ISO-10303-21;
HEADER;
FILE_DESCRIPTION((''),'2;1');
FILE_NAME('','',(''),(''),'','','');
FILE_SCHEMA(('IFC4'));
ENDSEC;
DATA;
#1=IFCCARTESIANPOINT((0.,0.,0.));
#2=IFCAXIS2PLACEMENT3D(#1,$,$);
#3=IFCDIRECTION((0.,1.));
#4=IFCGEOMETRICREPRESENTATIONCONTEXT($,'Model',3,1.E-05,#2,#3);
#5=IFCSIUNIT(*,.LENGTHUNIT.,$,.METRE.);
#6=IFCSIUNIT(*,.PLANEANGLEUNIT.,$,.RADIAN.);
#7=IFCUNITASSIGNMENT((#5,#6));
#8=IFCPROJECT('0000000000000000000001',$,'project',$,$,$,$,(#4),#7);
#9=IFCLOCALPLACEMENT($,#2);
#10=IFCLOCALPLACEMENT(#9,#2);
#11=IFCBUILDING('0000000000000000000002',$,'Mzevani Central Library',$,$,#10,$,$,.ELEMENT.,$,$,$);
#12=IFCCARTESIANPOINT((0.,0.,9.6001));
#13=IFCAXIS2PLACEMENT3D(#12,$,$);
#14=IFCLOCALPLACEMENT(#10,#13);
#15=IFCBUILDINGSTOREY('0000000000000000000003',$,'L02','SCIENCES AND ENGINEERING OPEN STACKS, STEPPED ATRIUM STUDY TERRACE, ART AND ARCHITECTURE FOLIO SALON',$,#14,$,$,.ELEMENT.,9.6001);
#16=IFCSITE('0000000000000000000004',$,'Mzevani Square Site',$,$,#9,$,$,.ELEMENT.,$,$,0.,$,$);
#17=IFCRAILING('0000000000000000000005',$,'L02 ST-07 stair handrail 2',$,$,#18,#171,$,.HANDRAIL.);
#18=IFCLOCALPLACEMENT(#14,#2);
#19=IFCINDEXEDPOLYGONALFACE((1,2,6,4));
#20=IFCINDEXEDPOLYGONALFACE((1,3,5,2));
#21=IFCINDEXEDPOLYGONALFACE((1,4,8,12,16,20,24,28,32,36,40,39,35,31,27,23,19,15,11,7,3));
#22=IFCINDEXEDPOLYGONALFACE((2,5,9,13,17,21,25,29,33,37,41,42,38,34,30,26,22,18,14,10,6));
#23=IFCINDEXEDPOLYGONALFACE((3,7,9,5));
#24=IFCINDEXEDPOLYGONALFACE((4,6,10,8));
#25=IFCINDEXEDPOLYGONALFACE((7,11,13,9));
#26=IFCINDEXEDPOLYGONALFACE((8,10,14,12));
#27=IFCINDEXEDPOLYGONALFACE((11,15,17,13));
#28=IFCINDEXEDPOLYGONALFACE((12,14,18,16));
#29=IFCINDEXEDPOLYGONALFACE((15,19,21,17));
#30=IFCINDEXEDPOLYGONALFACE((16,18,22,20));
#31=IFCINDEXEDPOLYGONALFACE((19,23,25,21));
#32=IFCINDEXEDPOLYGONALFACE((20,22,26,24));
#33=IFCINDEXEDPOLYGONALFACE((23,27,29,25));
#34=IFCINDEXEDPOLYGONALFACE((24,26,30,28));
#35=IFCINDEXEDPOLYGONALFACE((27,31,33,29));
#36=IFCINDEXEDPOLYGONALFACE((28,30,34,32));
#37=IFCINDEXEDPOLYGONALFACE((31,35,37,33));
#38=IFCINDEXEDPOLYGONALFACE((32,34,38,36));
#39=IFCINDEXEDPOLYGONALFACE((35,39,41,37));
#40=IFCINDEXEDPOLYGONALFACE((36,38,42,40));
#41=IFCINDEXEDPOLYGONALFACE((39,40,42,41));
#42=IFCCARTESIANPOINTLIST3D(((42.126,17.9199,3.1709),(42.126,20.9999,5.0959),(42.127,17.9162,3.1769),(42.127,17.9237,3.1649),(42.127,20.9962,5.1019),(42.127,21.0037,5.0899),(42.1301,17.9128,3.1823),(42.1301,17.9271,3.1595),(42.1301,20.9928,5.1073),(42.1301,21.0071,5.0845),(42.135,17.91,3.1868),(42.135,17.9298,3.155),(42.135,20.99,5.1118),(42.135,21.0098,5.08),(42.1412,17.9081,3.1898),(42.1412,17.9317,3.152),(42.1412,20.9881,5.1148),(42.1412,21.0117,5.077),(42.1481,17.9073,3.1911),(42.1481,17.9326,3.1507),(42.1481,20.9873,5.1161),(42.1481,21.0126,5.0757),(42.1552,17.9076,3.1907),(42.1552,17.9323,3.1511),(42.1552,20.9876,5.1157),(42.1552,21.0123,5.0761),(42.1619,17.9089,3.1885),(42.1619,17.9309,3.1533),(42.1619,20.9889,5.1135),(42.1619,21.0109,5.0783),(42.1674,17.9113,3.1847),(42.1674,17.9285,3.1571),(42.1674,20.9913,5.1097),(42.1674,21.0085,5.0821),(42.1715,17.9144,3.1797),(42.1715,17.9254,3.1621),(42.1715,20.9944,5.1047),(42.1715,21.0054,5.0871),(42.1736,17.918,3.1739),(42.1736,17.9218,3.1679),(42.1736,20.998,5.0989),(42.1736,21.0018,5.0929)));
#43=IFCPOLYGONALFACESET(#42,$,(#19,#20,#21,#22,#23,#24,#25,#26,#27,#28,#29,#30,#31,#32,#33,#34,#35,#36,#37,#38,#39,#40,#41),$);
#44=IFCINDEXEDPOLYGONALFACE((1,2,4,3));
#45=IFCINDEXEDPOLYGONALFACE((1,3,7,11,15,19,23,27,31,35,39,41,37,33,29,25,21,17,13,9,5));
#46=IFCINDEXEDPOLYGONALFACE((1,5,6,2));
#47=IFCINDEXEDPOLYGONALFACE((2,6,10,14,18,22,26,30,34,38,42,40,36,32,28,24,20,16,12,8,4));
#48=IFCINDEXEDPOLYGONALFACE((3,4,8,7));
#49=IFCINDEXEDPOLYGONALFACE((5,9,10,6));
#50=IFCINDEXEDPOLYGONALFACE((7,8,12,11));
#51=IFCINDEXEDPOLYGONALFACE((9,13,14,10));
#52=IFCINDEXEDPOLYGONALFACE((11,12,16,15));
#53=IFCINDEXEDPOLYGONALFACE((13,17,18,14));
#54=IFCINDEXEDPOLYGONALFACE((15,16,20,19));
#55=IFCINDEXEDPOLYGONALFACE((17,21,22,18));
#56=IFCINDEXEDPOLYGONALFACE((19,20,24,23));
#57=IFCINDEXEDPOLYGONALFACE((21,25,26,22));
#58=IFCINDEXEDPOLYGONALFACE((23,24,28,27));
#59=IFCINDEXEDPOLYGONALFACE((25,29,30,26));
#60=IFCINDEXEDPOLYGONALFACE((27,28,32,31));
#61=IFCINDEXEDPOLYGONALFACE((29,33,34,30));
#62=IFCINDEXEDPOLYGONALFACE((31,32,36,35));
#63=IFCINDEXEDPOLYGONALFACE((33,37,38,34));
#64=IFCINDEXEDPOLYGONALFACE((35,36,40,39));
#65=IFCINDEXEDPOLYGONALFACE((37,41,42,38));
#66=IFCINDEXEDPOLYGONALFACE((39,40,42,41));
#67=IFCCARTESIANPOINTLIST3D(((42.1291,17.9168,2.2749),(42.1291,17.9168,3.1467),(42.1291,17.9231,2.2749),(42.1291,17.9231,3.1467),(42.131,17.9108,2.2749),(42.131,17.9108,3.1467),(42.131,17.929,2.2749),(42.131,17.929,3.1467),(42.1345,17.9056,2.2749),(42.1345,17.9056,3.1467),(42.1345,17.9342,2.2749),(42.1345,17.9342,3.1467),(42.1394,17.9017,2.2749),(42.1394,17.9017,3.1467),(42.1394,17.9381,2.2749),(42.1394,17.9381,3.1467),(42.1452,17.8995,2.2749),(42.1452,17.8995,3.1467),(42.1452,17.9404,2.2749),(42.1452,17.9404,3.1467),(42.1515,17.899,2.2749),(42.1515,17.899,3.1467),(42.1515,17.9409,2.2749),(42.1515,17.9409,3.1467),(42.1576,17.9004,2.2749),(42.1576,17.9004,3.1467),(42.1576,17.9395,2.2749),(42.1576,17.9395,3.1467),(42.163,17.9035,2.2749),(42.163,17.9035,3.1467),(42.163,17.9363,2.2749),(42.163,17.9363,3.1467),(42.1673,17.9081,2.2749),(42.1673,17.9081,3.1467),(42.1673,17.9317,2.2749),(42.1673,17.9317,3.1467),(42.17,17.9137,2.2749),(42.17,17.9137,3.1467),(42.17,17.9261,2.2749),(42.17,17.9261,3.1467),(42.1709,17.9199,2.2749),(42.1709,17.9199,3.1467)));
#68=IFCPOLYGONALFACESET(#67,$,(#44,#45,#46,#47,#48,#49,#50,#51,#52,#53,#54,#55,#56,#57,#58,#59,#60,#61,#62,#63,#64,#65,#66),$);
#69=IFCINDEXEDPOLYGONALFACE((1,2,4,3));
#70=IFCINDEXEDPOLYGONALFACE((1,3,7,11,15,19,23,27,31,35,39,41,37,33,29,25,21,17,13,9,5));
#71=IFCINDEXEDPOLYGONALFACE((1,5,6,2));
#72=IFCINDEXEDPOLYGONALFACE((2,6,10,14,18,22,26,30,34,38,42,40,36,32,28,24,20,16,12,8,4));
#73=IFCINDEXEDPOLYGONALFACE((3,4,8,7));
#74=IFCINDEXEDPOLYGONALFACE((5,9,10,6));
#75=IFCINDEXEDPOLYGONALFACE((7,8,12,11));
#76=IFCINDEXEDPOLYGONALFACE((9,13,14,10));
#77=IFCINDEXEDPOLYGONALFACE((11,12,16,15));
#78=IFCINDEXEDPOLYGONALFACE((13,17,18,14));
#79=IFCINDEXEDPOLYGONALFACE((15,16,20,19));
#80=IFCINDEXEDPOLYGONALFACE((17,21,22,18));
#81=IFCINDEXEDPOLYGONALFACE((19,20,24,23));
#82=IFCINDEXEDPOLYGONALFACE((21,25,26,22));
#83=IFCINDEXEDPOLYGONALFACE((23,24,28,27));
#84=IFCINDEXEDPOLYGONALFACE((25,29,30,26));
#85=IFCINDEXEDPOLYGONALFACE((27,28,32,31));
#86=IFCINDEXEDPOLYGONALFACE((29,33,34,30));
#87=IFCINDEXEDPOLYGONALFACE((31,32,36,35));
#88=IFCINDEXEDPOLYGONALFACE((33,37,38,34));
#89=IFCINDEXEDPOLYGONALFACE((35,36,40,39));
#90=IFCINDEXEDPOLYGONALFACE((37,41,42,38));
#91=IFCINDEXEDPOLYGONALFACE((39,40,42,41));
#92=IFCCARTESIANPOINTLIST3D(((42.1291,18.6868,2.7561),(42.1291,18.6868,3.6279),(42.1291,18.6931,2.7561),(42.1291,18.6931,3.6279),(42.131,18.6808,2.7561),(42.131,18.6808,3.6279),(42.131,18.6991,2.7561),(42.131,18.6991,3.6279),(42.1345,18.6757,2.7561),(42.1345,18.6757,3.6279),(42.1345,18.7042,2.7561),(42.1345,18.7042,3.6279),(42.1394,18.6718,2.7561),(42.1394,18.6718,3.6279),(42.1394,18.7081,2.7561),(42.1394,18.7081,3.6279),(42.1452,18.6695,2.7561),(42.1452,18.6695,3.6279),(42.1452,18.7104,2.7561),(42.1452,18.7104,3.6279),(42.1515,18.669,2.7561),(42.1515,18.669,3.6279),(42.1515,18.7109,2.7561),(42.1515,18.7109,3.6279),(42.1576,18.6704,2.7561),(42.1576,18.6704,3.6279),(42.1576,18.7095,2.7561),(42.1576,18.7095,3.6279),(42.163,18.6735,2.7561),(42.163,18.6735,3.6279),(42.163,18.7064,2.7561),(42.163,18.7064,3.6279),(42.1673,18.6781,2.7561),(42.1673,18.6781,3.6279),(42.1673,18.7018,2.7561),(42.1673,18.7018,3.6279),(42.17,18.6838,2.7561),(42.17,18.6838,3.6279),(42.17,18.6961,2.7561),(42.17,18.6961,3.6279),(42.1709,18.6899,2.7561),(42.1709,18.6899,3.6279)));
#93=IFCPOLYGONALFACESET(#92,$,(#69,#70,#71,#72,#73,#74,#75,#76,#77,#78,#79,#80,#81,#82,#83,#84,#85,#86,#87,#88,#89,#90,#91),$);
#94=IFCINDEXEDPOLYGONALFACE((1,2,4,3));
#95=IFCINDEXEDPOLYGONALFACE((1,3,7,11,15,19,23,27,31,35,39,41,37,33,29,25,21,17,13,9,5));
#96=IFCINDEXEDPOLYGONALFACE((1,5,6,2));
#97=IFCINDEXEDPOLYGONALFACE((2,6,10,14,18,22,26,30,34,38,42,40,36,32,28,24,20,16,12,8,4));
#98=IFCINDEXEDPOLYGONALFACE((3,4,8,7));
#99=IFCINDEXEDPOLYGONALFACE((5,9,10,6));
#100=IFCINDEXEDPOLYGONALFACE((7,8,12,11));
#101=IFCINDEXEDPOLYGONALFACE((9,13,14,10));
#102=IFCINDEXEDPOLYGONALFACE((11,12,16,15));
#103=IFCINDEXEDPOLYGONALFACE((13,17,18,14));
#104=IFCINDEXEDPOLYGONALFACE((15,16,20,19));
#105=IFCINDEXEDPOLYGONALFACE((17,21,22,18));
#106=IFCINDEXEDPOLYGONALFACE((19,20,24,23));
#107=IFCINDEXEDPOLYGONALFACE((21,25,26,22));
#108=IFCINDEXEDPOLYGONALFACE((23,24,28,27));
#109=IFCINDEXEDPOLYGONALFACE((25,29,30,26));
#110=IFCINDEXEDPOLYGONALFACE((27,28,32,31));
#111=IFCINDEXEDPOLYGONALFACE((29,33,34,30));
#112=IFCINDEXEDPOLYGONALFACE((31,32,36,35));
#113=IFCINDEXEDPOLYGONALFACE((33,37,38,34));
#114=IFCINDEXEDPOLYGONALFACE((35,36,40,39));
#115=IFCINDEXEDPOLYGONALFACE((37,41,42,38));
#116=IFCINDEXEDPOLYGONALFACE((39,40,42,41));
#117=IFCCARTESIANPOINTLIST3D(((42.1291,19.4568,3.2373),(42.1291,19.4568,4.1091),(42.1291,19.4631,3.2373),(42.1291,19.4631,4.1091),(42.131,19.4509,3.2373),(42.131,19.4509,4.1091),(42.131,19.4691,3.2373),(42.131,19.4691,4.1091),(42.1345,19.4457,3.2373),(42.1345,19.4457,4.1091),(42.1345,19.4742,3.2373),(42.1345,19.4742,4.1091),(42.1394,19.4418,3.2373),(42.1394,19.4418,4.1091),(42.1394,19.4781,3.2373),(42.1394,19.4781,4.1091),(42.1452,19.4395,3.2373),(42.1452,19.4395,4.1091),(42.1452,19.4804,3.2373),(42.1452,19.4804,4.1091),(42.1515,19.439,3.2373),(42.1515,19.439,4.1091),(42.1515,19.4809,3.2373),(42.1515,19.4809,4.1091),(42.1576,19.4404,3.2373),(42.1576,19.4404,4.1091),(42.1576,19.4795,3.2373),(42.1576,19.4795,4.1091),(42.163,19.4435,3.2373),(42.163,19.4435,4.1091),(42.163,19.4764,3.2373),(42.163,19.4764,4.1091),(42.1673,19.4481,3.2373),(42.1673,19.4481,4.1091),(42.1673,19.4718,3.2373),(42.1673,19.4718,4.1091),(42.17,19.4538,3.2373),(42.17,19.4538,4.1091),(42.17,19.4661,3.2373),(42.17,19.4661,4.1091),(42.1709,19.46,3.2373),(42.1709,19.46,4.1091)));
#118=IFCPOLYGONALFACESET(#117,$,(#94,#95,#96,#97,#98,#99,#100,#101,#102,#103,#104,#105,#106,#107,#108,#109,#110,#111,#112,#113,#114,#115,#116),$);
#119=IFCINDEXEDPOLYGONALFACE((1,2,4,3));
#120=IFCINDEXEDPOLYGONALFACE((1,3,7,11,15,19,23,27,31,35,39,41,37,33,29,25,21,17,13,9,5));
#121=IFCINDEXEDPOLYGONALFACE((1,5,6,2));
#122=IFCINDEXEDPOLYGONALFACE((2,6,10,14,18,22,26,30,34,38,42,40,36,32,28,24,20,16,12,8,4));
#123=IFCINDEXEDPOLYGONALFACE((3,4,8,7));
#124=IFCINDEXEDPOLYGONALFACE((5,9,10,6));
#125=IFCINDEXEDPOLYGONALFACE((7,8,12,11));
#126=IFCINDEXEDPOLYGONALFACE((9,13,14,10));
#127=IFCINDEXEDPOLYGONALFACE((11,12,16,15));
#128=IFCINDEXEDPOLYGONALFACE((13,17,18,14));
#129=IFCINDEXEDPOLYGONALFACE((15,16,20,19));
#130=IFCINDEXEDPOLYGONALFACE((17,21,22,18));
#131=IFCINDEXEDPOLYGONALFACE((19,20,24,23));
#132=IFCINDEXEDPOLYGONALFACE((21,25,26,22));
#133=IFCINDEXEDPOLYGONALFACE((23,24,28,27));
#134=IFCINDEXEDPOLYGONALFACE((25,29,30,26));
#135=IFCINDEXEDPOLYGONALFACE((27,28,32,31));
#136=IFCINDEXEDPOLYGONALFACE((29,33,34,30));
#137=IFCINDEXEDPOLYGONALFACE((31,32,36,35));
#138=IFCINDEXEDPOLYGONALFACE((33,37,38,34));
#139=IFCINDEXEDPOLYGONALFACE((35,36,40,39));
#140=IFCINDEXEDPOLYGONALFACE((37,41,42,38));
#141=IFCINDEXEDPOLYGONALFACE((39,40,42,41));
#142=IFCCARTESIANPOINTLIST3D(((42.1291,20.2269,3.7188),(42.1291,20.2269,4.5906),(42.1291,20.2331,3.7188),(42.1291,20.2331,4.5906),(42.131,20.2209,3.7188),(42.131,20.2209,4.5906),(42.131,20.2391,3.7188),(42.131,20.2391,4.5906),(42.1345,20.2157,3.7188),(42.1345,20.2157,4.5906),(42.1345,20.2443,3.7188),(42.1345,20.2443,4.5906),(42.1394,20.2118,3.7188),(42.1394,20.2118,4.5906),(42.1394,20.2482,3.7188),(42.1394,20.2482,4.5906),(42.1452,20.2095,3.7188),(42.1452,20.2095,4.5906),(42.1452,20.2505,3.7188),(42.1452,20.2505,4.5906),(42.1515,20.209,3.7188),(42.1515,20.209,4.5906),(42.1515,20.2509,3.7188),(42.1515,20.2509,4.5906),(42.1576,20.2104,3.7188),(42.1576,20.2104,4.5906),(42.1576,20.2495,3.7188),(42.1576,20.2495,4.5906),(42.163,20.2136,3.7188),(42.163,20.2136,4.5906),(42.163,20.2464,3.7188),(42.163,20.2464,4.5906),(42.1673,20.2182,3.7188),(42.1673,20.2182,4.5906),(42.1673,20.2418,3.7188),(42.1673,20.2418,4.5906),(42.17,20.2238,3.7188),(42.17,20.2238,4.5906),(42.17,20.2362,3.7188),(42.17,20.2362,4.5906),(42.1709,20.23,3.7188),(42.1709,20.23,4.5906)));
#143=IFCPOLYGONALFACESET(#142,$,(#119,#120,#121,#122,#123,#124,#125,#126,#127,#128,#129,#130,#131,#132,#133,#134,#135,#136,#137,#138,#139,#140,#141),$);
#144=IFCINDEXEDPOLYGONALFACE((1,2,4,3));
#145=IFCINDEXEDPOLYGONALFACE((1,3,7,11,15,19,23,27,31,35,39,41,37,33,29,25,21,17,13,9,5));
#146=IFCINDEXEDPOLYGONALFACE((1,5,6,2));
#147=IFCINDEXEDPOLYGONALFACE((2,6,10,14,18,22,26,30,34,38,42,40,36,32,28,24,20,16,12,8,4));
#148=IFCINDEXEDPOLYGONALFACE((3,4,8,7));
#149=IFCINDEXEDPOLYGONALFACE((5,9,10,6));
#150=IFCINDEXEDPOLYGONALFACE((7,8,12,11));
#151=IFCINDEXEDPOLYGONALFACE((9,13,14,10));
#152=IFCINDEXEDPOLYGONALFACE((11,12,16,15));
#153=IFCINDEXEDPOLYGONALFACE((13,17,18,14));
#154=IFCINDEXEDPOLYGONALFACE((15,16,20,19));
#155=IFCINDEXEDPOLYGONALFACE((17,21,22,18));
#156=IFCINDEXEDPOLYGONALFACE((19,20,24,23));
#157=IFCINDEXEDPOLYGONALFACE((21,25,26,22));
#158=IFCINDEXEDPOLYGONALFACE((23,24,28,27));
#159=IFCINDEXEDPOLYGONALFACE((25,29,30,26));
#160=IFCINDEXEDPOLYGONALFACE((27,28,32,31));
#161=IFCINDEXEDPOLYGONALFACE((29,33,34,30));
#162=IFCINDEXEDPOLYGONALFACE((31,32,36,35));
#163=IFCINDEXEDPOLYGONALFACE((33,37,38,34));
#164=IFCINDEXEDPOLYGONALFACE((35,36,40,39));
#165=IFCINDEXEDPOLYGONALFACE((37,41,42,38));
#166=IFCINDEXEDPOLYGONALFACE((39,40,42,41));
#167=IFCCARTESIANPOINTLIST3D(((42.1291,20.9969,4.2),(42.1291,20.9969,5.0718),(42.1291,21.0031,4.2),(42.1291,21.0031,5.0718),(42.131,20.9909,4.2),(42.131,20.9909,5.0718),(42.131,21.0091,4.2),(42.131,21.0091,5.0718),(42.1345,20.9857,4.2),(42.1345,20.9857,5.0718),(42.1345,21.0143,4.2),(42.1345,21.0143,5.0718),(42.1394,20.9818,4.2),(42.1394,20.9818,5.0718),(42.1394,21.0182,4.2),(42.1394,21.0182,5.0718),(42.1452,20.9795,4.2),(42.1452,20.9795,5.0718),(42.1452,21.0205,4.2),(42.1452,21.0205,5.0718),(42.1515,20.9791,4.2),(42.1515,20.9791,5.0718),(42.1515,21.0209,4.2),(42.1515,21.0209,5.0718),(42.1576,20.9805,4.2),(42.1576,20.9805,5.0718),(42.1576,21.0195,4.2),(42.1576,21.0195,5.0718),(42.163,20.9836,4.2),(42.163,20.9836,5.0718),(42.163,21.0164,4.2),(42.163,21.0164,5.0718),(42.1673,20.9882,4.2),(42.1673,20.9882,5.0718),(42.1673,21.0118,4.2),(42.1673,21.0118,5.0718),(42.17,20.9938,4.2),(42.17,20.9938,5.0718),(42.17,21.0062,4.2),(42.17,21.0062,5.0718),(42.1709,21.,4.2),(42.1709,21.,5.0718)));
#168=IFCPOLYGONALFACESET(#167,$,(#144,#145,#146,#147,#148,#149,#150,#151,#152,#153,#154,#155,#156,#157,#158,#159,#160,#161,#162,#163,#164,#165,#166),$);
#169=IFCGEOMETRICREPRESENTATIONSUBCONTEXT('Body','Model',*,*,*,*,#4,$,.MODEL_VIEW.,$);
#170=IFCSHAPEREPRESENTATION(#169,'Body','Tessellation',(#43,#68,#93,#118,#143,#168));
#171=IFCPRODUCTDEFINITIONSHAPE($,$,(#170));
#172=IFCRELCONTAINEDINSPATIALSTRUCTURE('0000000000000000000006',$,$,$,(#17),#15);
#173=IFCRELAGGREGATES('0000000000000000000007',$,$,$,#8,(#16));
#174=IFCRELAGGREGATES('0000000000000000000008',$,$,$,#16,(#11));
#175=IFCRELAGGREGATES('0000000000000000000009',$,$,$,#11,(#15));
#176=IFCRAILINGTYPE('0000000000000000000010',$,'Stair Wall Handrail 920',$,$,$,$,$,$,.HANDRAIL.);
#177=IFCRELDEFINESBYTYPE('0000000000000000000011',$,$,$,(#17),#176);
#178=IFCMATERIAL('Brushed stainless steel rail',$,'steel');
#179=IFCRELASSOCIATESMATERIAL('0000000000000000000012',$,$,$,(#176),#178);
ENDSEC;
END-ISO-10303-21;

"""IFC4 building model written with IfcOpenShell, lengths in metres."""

from ifc_helpers import new_model, si_unit, direction, frame, origin, origin_2d, place, context, subcontext, project, spatial, circle, extrude, material, type_object, element, save


model = new_model("IFC4")

# Units and contexts
model_context = context("Model", 3, precision=1e-05, world=origin(), true_north=direction((0.0, 1.0)))
body_context = subcontext(model_context, "Body", "Model", "MODEL_VIEW")
ifc_project = project(units=[si_unit("LENGTHUNIT", "METRE"), si_unit("PLANEANGLEUNIT", "RADIAN")], contexts=[model_context])

# Site, building, storey
site_placement = place(None, origin())
site = spatial("IfcSite", under=ifc_project, at=site_placement, Name="Mzevani Square Site", CompositionType="ELEMENT", RefElevation=0.0)
building_placement = place(site_placement, origin())
building = spatial("IfcBuilding", under=site, at=building_placement, Name="Mzevani Central Library", CompositionType="ELEMENT")
storey_placement = place(building_placement, frame((0.0, 0.0, 9.6001)))
storey = spatial("IfcBuildingStorey", under=building, at=storey_placement, Name="L02", Description="SCIENCES AND ENGINEERING OPEN STACKS, STEPPED ATRIUM STUDY TERRACE, ART AND ARCHITECTURE FOLIO SALON", CompositionType="ELEMENT", Elevation=9.6001)

# Shared definitions
ifc_material_1 = material(Name="Brushed stainless steel rail", Category="steel")

# Railing
railing_type_1 = type_object("IfcRailingType", Name="Stair Wall Handrail 920", PredefinedType="HANDRAIL", material=ifc_material_1)
railing_1_placement = place(storey_placement, frame((42.1499, 17.9199, 2.2749)))
element("IfcRailing", 1, at=railing_1_placement, inside=storey, type_object=railing_type_1, Name="L02 ST-07 stair handrail 2", PredefinedType="HANDRAIL", context=body_context, shape_type="SweptSolid", body=[
    extrude(circle(Radius=0.0239, at=origin_2d()), frame((0.0, 0.0, 0.896), z_axis=(0.0, 0.847998, 0.529999), x_axis=(-1.0, 0.0, 0.0)), (0.0, 0.0, 1.0), 3.6321),
    extrude(circle(Radius=0.021, at=origin_2d()), origin(), (0.0, 0.0, 1.0), 0.8718),
    extrude(circle(Radius=0.021, at=origin_2d()), frame((0.0, 0.77, 0.4812)), (0.0, 0.0, 1.0), 0.8718),
    extrude(circle(Radius=0.021, at=origin_2d()), frame((0.0, 1.54, 0.9624)), (0.0, 0.0, 1.0), 0.8718),
    extrude(circle(Radius=0.021, at=origin_2d()), frame((0.0, 2.3101, 1.4438)), (0.0, 0.0, 1.0), 0.8718),
    extrude(circle(Radius=0.021, at=origin_2d()), frame((0.0, 3.0801, 1.925)), (0.0, 0.0, 1.0), 0.8718),
])

save(model, "model.ifc")
